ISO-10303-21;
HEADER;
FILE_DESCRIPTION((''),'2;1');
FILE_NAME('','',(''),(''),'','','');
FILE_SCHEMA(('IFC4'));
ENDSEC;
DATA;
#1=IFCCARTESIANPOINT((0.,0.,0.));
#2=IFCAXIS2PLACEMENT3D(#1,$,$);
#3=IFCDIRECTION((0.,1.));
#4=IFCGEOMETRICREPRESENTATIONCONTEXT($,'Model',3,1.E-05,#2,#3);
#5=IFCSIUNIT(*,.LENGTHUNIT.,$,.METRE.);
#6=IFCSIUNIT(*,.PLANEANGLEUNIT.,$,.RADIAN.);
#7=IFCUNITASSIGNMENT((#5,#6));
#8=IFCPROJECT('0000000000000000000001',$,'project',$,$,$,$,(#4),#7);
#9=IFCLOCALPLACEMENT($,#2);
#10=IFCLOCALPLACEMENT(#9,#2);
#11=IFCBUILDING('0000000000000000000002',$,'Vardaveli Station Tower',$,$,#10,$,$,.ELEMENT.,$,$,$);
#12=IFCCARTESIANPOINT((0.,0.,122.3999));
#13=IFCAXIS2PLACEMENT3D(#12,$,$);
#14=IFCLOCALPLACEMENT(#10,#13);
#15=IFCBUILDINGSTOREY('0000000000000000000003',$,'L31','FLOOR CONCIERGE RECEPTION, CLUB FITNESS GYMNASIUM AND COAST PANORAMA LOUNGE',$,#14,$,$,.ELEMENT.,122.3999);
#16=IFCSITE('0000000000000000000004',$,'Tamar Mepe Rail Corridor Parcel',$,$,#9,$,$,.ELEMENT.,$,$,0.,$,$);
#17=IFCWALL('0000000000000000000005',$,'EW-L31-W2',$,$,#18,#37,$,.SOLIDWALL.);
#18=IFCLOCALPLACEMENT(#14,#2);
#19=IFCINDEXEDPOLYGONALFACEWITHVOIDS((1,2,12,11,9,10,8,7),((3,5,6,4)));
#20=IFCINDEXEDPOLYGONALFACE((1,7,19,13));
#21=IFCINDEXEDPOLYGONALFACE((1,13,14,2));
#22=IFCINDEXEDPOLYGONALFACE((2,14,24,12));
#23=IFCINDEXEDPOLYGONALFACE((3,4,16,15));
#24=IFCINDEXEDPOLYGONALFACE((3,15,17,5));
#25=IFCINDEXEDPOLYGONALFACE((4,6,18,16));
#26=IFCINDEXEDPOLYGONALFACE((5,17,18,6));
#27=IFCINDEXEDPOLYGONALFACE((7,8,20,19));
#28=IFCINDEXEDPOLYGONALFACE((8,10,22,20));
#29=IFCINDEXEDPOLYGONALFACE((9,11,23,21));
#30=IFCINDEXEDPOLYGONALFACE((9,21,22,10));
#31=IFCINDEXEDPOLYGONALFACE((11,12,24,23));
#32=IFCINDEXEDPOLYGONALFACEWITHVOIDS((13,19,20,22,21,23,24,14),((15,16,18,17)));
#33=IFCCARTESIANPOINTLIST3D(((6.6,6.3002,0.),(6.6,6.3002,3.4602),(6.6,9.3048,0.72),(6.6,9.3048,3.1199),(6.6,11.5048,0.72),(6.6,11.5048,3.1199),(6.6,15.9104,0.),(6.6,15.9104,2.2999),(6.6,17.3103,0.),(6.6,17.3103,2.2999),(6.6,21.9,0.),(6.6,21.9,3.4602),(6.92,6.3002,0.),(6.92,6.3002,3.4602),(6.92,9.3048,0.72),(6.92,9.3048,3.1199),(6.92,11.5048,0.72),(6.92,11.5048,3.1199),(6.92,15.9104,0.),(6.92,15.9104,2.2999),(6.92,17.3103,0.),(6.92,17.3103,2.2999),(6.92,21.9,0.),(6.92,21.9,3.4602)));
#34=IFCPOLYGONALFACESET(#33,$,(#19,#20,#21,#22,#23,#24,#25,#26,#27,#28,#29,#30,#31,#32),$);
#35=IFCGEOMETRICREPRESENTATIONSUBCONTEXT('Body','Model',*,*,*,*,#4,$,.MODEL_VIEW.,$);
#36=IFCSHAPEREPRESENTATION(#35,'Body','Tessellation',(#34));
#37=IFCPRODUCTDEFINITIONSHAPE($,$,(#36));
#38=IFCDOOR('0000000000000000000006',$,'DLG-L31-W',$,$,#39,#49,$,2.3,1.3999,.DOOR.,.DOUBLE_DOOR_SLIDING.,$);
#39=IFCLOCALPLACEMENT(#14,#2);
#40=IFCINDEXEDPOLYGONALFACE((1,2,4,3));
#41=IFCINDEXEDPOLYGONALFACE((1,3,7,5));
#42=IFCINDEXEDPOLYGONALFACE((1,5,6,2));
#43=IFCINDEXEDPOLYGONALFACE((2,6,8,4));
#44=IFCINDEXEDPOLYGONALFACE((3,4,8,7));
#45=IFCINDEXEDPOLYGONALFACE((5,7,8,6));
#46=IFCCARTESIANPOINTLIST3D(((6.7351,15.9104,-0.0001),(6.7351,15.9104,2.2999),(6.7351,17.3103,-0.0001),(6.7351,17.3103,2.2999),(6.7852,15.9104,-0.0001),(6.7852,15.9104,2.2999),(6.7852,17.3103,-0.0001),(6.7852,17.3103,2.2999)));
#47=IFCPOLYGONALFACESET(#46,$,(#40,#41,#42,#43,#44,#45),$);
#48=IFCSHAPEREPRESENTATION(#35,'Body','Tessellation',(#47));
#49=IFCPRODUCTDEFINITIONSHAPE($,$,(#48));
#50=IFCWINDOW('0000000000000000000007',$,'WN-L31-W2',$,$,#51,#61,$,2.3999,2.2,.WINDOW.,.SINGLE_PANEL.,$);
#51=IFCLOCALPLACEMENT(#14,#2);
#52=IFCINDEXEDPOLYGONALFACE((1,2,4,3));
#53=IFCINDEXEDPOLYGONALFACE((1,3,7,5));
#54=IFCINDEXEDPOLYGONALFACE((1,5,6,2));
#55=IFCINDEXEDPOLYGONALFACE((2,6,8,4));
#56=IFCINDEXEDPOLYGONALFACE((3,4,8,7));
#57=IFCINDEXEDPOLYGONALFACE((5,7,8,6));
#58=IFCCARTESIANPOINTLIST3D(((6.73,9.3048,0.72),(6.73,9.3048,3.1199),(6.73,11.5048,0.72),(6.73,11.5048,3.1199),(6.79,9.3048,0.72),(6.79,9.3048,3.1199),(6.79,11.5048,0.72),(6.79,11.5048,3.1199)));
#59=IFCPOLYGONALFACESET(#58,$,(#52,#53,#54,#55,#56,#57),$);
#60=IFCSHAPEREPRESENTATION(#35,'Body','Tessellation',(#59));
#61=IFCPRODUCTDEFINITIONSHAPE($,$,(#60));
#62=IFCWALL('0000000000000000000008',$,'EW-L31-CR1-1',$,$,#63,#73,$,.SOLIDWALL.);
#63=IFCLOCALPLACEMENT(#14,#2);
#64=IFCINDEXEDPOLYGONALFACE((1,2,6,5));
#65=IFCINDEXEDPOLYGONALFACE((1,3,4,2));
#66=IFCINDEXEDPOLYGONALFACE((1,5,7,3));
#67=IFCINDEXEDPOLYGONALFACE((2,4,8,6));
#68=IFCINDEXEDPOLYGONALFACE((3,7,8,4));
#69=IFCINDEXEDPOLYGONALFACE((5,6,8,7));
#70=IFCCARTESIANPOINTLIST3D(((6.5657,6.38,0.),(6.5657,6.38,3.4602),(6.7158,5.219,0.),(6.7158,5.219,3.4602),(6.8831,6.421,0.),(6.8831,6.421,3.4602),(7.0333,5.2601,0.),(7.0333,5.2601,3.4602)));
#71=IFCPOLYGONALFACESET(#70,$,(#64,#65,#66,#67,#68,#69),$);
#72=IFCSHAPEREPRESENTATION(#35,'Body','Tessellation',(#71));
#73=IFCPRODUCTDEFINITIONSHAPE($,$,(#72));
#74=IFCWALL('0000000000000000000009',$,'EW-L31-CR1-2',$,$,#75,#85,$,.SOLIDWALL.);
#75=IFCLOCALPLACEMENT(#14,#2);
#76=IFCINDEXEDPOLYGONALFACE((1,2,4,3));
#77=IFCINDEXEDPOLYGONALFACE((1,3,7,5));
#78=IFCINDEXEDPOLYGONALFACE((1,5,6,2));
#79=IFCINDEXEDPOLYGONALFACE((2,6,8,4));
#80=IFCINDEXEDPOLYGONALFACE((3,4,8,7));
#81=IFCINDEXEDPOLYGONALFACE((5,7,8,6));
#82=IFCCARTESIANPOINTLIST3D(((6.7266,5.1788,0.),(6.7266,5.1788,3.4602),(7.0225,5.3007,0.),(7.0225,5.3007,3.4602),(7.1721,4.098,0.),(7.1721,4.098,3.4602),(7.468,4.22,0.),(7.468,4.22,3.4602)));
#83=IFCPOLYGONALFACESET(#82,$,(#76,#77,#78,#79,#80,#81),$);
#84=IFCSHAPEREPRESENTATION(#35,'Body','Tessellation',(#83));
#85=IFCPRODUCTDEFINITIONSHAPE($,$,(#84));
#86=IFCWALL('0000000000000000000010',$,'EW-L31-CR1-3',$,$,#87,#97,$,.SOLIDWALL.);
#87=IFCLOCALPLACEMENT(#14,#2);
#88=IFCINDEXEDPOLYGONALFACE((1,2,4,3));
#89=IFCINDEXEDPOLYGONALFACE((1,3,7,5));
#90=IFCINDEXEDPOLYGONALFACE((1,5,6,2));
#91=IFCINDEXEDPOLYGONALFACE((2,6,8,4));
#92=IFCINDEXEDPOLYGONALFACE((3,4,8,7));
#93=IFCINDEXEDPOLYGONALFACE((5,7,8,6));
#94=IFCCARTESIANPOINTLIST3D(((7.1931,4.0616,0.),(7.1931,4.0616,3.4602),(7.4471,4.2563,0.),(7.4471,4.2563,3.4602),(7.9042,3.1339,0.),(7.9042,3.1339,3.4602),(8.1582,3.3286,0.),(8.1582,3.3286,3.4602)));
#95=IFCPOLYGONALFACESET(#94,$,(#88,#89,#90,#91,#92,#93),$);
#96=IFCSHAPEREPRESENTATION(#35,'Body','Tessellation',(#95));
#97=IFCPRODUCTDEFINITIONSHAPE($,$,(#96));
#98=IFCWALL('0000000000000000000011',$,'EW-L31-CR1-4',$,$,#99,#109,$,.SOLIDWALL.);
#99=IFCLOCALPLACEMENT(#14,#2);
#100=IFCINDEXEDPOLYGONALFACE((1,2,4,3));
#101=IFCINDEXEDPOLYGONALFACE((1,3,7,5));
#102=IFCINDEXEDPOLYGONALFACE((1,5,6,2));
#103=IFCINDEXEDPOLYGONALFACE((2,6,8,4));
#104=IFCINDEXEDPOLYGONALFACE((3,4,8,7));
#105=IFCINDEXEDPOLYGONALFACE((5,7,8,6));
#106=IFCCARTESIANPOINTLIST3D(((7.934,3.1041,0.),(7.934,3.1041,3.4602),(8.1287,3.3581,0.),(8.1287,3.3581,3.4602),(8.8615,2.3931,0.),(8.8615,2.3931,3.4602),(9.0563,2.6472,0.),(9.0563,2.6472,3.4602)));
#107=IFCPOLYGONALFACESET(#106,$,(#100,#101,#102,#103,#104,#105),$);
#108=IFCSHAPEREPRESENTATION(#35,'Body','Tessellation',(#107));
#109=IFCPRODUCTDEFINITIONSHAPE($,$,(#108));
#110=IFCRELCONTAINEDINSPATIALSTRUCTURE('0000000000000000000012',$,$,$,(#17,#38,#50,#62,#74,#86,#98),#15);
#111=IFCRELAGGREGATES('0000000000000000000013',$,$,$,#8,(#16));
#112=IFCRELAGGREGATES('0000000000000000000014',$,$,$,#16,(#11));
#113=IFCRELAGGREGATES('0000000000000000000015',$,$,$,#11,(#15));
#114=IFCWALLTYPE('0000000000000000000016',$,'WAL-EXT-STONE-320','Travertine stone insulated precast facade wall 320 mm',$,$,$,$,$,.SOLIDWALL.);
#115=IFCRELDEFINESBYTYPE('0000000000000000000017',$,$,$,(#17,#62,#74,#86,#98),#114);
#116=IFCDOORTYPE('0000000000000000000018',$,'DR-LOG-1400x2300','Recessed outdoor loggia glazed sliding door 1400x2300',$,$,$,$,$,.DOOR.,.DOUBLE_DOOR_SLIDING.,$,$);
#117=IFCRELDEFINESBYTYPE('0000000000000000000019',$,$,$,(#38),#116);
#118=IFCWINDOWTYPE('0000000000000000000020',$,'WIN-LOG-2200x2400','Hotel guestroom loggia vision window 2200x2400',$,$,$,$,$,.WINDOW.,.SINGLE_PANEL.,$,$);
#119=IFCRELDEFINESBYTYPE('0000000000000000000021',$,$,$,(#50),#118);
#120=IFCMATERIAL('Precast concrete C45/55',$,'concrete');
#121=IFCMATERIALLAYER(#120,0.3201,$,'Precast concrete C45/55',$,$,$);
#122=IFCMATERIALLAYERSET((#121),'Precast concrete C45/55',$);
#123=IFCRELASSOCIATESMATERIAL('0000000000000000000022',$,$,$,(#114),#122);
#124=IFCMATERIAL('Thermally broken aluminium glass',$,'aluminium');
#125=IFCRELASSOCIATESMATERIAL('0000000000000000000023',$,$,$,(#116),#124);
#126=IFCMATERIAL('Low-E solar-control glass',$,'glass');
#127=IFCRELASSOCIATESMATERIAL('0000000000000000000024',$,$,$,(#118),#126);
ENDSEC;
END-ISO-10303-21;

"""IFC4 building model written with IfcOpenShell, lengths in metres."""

from ifc_helpers import new_model, si_unit, direction, frame, frame_2d, origin, place, context, subcontext, project, spatial, rectangle, extrude, source, transform, mapped, material, layer, layer_set, type_object, element, fill, save


model = new_model("IFC4")

# Units and contexts
model_context = context("Model", 3, precision=1e-05, world=origin(), true_north=direction((0.0, 1.0)))
body_context = subcontext(model_context, "Body", "Model", "MODEL_VIEW")
ifc_project = project(units=[si_unit("LENGTHUNIT", "METRE"), si_unit("PLANEANGLEUNIT", "RADIAN")], contexts=[model_context])

# Site, building, storey
site_placement = place(None, origin())
site = spatial("IfcSite", under=ifc_project, at=site_placement, Name="Tamar Mepe Rail Corridor Parcel", CompositionType="ELEMENT", RefElevation=0.0)
building_placement = place(site_placement, origin())
building = spatial("IfcBuilding", under=site, at=building_placement, Name="Vardaveli Station Tower", CompositionType="ELEMENT")
storey_placement = place(building_placement, frame((0.0, 0.0, 122.3999)))
storey = spatial("IfcBuildingStorey", under=building, at=storey_placement, Name="L31", Description="FLOOR CONCIERGE RECEPTION, CLUB FITNESS GYMNASIUM AND COAST PANORAMA LOUNGE", CompositionType="ELEMENT", Elevation=122.3999)

# Shared definitions
ifc_material_1 = material(Name="Precast concrete C45/55", Category="concrete")

# Wall, openings, door, window
ifc_layer_1 = layer(ifc_material_1, 0.3201, Name="Precast concrete C45/55")
ifc_layer_set_1 = layer_set([ifc_layer_1], Name="Precast concrete C45/55")
wall_type_1 = type_object("IfcWallType", Name="WAL-EXT-STONE-320", Description="Travertine stone insulated precast facade wall 320 mm", PredefinedType="SOLIDWALL", material=ifc_layer_set_1)
shared_shape_1 = source(origin(), body_context, "Body", "SweptSolid", [
    extrude(rectangle(XDim=15.5999, YDim=0.3201, at=frame_2d((7.7998, 0.0))), origin(), (0.0, 0.0, 1.0), 3.4602),
])
wall_1_placement = place(storey_placement, frame((6.76, 21.8999, 0.0), z_axis=(0.0, 0.0, 1.0), x_axis=(0.0, -1.0, 0.0)))
wall_1 = element("IfcWall", 1, at=wall_1_placement, inside=storey, type_object=wall_type_1, Name="EW-L31-W2", PredefinedType="SOLIDWALL", context=body_context, shape_type="MappedRepresentation", body=[
    mapped(shared_shape_1, transform((0.0, 0.0, 0.0), scale=1.0)),
])
shared_shape_2 = source(origin(), body_context, "Body", "SweptSolid", [
    extrude(rectangle(XDim=1.3999, YDim=2.3, at=frame_2d((0.7, 1.1499))), frame((0.0, 0.1699, 0.0), z_axis=(0.0, -1.0, 0.0), x_axis=(1.0, 0.0, 0.0)), (0.0, 0.0, 1.0), 0.3401),
])
opening_1_placement = place(wall_1_placement, frame((4.5896, 0.0, 0.0)))
opening_1 = element("IfcOpeningElement", 2, at=opening_1_placement, cuts=wall_1, PredefinedType="OPENING", context=body_context, shape_type="MappedRepresentation", body=[
    mapped(shared_shape_2, transform((0.0, 0.0, 0.0), scale=1.0)),
])
shared_shape_3 = source(origin(), body_context, "Body", "SweptSolid", [
    extrude(rectangle(XDim=2.2, YDim=2.3999, at=frame_2d((1.1001, 1.2))), frame((0.0, 0.1699, 0.0), z_axis=(0.0, -1.0, 0.0), x_axis=(1.0, 0.0, 0.0)), (0.0, 0.0, 1.0), 0.3401),
])
opening_2_placement = place(wall_1_placement, frame((10.395, 0.0, 0.72)))
opening_2 = element("IfcOpeningElement", 3, at=opening_2_placement, cuts=wall_1, PredefinedType="OPENING", context=body_context, shape_type="MappedRepresentation", body=[
    mapped(shared_shape_3, transform((0.0, 0.0, 0.0), scale=1.0)),
])
ifc_material_2 = material(Name="Thermally broken aluminium glass", Category="aluminium")
door_type_1 = type_object("IfcDoorType", Name="DR-LOG-1400x2300", Description="Recessed outdoor loggia glazed sliding door 1400x2300", OperationType="DOUBLE_DOOR_SLIDING", PredefinedType="DOOR", material=ifc_material_2)
shared_shape_4 = source(origin(), body_context, "Body", "SweptSolid", [
    extrude(rectangle(XDim=1.3999, YDim=2.3, at=frame_2d((0.7, 1.1499))), frame((0.0, 0.0249, 0.0), z_axis=(0.0, -1.0, 0.0), x_axis=(1.0, 0.0, 0.0)), (0.0, 0.0, 1.0), 0.05),
])
door_1_placement = place(opening_1_placement, frame((1.3999, 0.0, 0.0), z_axis=(0.0, 0.0, 1.0), x_axis=(-1.0, 0.0, 0.0)))
door_1 = element("IfcDoor", 4, at=door_1_placement, inside=storey, type_object=door_type_1, Name="DLG-L31-W", OperationType="DOUBLE_DOOR_SLIDING", OverallHeight=2.3, OverallWidth=1.3999, PredefinedType="DOOR", context=body_context, shape_type="MappedRepresentation", body=[
    mapped(shared_shape_4, transform((0.0, 0.0, 0.0), scale=1.0)),
])
fill(opening_1, door_1)
ifc_material_3 = material(Name="Low-E solar-control glass", Category="glass")
window_type = type_object("IfcWindowType", Name="WIN-LOG-2200x2400", Description="Hotel guestroom loggia vision window 2200x2400", PartitioningType="SINGLE_PANEL", PredefinedType="WINDOW", material=ifc_material_3)
shared_shape_5 = source(origin(), body_context, "Body", "SweptSolid", [
    extrude(rectangle(XDim=2.2, YDim=2.3999, at=frame_2d((1.1001, 1.2))), frame((0.0, 0.03, 0.0), z_axis=(0.0, -1.0, 0.0), x_axis=(1.0, 0.0, 0.0)), (0.0, 0.0, 1.0), 0.0601),
])
window_placement = place(opening_2_placement, origin())
window = element("IfcWindow", 5, at=window_placement, inside=storey, type_object=window_type, Name="WN-L31-W2", OverallHeight=2.3999, OverallWidth=2.2, PartitioningType="SINGLE_PANEL", PredefinedType="WINDOW", context=body_context, shape_type="MappedRepresentation", body=[
    mapped(shared_shape_5, transform((0.0, 0.0, 0.0), scale=1.0)),
])
fill(opening_2, window)

# Walls
shared_shape_6 = source(origin(), body_context, "Body", "SweptSolid", [
    extrude(rectangle(XDim=1.1707, YDim=0.3201, at=frame_2d((0.5854, 0.0))), origin(), (0.0, 0.0, 1.0), 3.4602),
])
wall_2_placement = place(storey_placement, frame((6.7244, 6.4006, 0.0), z_axis=(0.0, 0.0, 1.0), x_axis=(0.128269, -0.991739, 0.0)))
element("IfcWall", 6, at=wall_2_placement, inside=storey, type_object=wall_type_1, Name="EW-L31-CR1-1", PredefinedType="SOLIDWALL", context=body_context, shape_type="MappedRepresentation", body=[
    mapped(shared_shape_6, transform((0.0, 0.0, 0.0), scale=1.0)),
])
shared_shape_7 = source(origin(), body_context, "Body", "SweptSolid", [
    extrude(rectangle(XDim=1.1689, YDim=0.3201, at=frame_2d((0.5845, 0.0))), origin(), (0.0, 0.0, 1.0), 3.4602),
])
for number, where, z_axis, x_axis, name in (
    (7, (6.8745, 5.2397, 0.0), (0.0, 0.0, 1.0), (0.381128, -0.924522, 0.0), "EW-L31-CR1-2"),
    (8, (7.3201, 4.1589, 0.0), (0.0, 0.0, 1.0), (0.608388, -0.79364, 0.0), "EW-L31-CR1-3"),
):
    element("IfcWall", number, at=place(storey_placement, frame(where, z_axis=z_axis, x_axis=x_axis)), inside=storey, type_object=wall_type_1, Name=name, PredefinedType="SOLIDWALL", context=body_context, shape_type="MappedRepresentation", body=[
        mapped(shared_shape_7, transform((0.0, 0.0, 0.0), scale=1.0)),
    ])
shared_shape_8 = source(origin(), body_context, "Body", "SweptSolid", [
    extrude(rectangle(XDim=1.1687, YDim=0.3201, at=frame_2d((0.5845, 0.0))), origin(), (0.0, 0.0, 1.0), 3.4602),
])
wall_3_placement = place(storey_placement, frame((8.0312, 3.2312, 0.0), z_axis=(0.0, 0.0, 1.0), x_axis=(0.793664, -0.608357, 0.0)))
element("IfcWall", 9, at=wall_3_placement, inside=storey, type_object=wall_type_1, Name="EW-L31-CR1-4", PredefinedType="SOLIDWALL", context=body_context, shape_type="MappedRepresentation", body=[
    mapped(shared_shape_8, transform((0.0, 0.0, 0.0), scale=1.0)),
])

save(model, "model.ifc")
